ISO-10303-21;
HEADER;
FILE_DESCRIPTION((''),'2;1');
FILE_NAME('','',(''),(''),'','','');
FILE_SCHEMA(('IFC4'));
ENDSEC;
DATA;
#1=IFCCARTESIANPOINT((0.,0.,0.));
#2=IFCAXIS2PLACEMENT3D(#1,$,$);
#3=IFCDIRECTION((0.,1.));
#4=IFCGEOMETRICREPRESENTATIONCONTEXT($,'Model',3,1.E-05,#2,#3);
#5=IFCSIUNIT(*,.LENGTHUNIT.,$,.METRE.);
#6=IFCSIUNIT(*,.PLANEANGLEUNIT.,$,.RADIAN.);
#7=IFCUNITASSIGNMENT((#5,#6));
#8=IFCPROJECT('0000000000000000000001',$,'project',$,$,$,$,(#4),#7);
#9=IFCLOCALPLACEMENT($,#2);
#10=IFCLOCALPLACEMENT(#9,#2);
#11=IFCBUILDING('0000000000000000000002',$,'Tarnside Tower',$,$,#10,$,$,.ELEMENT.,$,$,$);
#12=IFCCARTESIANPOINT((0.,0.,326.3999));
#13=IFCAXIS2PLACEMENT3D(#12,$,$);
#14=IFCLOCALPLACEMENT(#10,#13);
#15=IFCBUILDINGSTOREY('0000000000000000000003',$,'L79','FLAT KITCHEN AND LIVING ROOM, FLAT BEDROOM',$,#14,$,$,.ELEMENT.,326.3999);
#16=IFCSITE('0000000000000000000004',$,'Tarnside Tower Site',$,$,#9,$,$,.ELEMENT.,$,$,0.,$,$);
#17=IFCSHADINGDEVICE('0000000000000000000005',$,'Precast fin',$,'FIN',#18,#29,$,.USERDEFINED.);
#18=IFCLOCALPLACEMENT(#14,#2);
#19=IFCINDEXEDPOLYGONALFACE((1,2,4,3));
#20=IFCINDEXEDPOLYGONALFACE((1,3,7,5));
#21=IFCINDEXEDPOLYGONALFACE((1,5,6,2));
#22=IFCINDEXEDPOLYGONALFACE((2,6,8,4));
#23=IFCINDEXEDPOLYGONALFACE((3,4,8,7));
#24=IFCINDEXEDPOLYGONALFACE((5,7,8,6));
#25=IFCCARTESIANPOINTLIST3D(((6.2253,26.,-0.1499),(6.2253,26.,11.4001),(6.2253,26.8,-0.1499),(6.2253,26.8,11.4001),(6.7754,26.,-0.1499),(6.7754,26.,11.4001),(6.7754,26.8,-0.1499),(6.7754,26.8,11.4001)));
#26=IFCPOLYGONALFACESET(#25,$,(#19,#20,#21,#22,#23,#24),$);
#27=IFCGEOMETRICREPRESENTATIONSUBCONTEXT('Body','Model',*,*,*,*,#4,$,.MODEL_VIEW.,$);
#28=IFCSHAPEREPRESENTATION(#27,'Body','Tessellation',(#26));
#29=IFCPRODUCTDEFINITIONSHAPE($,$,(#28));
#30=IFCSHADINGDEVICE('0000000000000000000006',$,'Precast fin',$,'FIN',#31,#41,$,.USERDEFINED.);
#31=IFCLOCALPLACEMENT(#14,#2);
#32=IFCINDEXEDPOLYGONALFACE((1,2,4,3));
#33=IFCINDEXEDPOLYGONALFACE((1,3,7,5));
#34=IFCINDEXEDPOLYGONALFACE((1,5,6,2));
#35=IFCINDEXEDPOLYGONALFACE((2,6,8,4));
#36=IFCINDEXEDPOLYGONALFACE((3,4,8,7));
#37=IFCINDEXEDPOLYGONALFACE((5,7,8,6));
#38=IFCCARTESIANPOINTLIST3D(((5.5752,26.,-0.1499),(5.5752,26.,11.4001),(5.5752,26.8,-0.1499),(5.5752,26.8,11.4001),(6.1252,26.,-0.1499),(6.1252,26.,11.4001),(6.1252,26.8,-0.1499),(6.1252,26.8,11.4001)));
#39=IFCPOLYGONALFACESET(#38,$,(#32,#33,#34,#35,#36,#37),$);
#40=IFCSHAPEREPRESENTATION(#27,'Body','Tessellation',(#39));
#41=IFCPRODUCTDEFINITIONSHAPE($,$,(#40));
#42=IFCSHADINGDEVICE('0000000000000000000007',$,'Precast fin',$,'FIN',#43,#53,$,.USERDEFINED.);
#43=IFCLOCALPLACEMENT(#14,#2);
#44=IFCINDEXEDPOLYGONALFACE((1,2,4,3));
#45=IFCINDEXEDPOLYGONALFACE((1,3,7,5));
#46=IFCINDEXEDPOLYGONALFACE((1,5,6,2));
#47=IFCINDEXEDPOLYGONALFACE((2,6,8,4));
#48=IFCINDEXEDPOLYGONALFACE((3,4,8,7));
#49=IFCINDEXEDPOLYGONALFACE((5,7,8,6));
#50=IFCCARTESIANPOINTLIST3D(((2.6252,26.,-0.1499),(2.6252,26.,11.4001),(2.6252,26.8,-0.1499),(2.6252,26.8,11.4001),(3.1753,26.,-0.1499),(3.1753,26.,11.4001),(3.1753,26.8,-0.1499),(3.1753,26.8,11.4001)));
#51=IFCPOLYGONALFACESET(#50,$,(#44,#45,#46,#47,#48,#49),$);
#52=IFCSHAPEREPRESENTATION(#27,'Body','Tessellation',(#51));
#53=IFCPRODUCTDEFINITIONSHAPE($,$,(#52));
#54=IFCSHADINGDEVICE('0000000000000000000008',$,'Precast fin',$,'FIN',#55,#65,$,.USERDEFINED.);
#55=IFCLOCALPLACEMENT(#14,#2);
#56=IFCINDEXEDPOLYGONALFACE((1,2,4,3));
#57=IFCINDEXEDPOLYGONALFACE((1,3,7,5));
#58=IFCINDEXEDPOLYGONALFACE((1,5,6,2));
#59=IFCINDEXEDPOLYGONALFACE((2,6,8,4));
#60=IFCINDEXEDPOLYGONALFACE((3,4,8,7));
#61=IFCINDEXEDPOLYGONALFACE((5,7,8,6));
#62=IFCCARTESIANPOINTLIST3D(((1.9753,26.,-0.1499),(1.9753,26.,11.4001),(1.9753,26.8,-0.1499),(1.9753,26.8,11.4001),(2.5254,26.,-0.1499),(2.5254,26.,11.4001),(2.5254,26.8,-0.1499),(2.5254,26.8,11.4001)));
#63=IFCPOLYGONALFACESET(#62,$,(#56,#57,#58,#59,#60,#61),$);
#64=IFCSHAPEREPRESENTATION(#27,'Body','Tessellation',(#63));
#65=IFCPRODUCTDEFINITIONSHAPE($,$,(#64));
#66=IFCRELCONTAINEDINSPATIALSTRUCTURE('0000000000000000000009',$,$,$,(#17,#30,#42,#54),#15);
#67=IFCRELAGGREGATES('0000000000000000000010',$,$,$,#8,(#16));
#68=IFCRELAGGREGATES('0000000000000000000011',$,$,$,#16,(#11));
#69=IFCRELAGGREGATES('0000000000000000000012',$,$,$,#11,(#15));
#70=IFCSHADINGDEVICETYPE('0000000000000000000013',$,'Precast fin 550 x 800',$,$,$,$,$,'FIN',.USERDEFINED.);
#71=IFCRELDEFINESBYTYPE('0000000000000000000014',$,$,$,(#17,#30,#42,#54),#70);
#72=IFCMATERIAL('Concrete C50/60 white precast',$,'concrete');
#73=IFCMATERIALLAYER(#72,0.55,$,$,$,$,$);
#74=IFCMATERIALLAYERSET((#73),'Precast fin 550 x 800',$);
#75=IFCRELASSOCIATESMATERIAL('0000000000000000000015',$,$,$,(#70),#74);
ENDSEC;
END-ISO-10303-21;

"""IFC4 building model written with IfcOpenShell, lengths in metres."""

from ifc_helpers import new_model, si_unit, direction, frame, origin, place, context, subcontext, project, spatial, polyline, outline, extrude, material, layer, layer_set, type_object, element, save


model = new_model("IFC4")

# Units and contexts
model_context = context("Model", 3, precision=1e-05, world=origin(), true_north=direction((0.0, 1.0)))
body_context = subcontext(model_context, "Body", "Model", "MODEL_VIEW")
ifc_project = project(units=[si_unit("LENGTHUNIT", "METRE"), si_unit("PLANEANGLEUNIT", "RADIAN")], contexts=[model_context])

# Site, building, storey
site_placement = place(None, origin())
site = spatial("IfcSite", under=ifc_project, at=site_placement, Name="Tarnside Tower Site", CompositionType="ELEMENT", RefElevation=0.0)
building_placement = place(site_placement, origin())
building = spatial("IfcBuilding", under=site, at=building_placement, Name="Tarnside Tower", CompositionType="ELEMENT")
storey_placement = place(building_placement, frame((0.0, 0.0, 326.3999)))
storey = spatial("IfcBuildingStorey", under=building, at=storey_placement, Name="L79", Description="FLAT KITCHEN AND LIVING ROOM, FLAT BEDROOM", CompositionType="ELEMENT", Elevation=326.3999)

# Shading devices
ifc_material_1 = material(Name="Concrete C50/60 white precast", Category="concrete")
ifc_layer_1 = layer(ifc_material_1, 0.55)
ifc_layer_set_1 = layer_set([ifc_layer_1], Name="Precast fin 550 x 800")
shading_device_type_1 = type_object("IfcShadingDeviceType", Name="Precast fin 550 x 800", ElementType="FIN", PredefinedType="USERDEFINED", material=ifc_layer_set_1)
for number, where, z_axis, x_axis, name in (
    (1, (6.5002, 26.0, -0.1499), (1.0, 0.0, 0.0), (0.0, 1.0, 0.0), "Precast fin"),
    (2, (5.8501, 26.0, -0.1499), (1.0, 0.0, 0.0), (0.0, 1.0, 0.0), "Precast fin"),
    (3, (2.9001, 26.0, -0.1499), (1.0, 0.0, 0.0), (0.0, 1.0, 0.0), "Precast fin"),
    (4, (2.2502, 26.0, -0.1499), (1.0, 0.0, 0.0), (0.0, 1.0, 0.0), "Precast fin"),
):
    element("IfcShadingDevice", number, at=place(storey_placement, frame(where, z_axis=z_axis, x_axis=x_axis)), inside=storey, type_object=shading_device_type_1, Name=name, ObjectType="FIN", PredefinedType="USERDEFINED", context=body_context, shape_type="SweptSolid", body=[
        extrude(outline(polyline([(0.0, 0.0), (0.8, 0.0), (0.8, 11.55), (0.0, 11.55), (0.0, 0.0)])), frame((0.0, 0.0, -0.2749)), (0.0, 0.0, 1.0), 0.55),
    ])

save(model, "model.ifc")
